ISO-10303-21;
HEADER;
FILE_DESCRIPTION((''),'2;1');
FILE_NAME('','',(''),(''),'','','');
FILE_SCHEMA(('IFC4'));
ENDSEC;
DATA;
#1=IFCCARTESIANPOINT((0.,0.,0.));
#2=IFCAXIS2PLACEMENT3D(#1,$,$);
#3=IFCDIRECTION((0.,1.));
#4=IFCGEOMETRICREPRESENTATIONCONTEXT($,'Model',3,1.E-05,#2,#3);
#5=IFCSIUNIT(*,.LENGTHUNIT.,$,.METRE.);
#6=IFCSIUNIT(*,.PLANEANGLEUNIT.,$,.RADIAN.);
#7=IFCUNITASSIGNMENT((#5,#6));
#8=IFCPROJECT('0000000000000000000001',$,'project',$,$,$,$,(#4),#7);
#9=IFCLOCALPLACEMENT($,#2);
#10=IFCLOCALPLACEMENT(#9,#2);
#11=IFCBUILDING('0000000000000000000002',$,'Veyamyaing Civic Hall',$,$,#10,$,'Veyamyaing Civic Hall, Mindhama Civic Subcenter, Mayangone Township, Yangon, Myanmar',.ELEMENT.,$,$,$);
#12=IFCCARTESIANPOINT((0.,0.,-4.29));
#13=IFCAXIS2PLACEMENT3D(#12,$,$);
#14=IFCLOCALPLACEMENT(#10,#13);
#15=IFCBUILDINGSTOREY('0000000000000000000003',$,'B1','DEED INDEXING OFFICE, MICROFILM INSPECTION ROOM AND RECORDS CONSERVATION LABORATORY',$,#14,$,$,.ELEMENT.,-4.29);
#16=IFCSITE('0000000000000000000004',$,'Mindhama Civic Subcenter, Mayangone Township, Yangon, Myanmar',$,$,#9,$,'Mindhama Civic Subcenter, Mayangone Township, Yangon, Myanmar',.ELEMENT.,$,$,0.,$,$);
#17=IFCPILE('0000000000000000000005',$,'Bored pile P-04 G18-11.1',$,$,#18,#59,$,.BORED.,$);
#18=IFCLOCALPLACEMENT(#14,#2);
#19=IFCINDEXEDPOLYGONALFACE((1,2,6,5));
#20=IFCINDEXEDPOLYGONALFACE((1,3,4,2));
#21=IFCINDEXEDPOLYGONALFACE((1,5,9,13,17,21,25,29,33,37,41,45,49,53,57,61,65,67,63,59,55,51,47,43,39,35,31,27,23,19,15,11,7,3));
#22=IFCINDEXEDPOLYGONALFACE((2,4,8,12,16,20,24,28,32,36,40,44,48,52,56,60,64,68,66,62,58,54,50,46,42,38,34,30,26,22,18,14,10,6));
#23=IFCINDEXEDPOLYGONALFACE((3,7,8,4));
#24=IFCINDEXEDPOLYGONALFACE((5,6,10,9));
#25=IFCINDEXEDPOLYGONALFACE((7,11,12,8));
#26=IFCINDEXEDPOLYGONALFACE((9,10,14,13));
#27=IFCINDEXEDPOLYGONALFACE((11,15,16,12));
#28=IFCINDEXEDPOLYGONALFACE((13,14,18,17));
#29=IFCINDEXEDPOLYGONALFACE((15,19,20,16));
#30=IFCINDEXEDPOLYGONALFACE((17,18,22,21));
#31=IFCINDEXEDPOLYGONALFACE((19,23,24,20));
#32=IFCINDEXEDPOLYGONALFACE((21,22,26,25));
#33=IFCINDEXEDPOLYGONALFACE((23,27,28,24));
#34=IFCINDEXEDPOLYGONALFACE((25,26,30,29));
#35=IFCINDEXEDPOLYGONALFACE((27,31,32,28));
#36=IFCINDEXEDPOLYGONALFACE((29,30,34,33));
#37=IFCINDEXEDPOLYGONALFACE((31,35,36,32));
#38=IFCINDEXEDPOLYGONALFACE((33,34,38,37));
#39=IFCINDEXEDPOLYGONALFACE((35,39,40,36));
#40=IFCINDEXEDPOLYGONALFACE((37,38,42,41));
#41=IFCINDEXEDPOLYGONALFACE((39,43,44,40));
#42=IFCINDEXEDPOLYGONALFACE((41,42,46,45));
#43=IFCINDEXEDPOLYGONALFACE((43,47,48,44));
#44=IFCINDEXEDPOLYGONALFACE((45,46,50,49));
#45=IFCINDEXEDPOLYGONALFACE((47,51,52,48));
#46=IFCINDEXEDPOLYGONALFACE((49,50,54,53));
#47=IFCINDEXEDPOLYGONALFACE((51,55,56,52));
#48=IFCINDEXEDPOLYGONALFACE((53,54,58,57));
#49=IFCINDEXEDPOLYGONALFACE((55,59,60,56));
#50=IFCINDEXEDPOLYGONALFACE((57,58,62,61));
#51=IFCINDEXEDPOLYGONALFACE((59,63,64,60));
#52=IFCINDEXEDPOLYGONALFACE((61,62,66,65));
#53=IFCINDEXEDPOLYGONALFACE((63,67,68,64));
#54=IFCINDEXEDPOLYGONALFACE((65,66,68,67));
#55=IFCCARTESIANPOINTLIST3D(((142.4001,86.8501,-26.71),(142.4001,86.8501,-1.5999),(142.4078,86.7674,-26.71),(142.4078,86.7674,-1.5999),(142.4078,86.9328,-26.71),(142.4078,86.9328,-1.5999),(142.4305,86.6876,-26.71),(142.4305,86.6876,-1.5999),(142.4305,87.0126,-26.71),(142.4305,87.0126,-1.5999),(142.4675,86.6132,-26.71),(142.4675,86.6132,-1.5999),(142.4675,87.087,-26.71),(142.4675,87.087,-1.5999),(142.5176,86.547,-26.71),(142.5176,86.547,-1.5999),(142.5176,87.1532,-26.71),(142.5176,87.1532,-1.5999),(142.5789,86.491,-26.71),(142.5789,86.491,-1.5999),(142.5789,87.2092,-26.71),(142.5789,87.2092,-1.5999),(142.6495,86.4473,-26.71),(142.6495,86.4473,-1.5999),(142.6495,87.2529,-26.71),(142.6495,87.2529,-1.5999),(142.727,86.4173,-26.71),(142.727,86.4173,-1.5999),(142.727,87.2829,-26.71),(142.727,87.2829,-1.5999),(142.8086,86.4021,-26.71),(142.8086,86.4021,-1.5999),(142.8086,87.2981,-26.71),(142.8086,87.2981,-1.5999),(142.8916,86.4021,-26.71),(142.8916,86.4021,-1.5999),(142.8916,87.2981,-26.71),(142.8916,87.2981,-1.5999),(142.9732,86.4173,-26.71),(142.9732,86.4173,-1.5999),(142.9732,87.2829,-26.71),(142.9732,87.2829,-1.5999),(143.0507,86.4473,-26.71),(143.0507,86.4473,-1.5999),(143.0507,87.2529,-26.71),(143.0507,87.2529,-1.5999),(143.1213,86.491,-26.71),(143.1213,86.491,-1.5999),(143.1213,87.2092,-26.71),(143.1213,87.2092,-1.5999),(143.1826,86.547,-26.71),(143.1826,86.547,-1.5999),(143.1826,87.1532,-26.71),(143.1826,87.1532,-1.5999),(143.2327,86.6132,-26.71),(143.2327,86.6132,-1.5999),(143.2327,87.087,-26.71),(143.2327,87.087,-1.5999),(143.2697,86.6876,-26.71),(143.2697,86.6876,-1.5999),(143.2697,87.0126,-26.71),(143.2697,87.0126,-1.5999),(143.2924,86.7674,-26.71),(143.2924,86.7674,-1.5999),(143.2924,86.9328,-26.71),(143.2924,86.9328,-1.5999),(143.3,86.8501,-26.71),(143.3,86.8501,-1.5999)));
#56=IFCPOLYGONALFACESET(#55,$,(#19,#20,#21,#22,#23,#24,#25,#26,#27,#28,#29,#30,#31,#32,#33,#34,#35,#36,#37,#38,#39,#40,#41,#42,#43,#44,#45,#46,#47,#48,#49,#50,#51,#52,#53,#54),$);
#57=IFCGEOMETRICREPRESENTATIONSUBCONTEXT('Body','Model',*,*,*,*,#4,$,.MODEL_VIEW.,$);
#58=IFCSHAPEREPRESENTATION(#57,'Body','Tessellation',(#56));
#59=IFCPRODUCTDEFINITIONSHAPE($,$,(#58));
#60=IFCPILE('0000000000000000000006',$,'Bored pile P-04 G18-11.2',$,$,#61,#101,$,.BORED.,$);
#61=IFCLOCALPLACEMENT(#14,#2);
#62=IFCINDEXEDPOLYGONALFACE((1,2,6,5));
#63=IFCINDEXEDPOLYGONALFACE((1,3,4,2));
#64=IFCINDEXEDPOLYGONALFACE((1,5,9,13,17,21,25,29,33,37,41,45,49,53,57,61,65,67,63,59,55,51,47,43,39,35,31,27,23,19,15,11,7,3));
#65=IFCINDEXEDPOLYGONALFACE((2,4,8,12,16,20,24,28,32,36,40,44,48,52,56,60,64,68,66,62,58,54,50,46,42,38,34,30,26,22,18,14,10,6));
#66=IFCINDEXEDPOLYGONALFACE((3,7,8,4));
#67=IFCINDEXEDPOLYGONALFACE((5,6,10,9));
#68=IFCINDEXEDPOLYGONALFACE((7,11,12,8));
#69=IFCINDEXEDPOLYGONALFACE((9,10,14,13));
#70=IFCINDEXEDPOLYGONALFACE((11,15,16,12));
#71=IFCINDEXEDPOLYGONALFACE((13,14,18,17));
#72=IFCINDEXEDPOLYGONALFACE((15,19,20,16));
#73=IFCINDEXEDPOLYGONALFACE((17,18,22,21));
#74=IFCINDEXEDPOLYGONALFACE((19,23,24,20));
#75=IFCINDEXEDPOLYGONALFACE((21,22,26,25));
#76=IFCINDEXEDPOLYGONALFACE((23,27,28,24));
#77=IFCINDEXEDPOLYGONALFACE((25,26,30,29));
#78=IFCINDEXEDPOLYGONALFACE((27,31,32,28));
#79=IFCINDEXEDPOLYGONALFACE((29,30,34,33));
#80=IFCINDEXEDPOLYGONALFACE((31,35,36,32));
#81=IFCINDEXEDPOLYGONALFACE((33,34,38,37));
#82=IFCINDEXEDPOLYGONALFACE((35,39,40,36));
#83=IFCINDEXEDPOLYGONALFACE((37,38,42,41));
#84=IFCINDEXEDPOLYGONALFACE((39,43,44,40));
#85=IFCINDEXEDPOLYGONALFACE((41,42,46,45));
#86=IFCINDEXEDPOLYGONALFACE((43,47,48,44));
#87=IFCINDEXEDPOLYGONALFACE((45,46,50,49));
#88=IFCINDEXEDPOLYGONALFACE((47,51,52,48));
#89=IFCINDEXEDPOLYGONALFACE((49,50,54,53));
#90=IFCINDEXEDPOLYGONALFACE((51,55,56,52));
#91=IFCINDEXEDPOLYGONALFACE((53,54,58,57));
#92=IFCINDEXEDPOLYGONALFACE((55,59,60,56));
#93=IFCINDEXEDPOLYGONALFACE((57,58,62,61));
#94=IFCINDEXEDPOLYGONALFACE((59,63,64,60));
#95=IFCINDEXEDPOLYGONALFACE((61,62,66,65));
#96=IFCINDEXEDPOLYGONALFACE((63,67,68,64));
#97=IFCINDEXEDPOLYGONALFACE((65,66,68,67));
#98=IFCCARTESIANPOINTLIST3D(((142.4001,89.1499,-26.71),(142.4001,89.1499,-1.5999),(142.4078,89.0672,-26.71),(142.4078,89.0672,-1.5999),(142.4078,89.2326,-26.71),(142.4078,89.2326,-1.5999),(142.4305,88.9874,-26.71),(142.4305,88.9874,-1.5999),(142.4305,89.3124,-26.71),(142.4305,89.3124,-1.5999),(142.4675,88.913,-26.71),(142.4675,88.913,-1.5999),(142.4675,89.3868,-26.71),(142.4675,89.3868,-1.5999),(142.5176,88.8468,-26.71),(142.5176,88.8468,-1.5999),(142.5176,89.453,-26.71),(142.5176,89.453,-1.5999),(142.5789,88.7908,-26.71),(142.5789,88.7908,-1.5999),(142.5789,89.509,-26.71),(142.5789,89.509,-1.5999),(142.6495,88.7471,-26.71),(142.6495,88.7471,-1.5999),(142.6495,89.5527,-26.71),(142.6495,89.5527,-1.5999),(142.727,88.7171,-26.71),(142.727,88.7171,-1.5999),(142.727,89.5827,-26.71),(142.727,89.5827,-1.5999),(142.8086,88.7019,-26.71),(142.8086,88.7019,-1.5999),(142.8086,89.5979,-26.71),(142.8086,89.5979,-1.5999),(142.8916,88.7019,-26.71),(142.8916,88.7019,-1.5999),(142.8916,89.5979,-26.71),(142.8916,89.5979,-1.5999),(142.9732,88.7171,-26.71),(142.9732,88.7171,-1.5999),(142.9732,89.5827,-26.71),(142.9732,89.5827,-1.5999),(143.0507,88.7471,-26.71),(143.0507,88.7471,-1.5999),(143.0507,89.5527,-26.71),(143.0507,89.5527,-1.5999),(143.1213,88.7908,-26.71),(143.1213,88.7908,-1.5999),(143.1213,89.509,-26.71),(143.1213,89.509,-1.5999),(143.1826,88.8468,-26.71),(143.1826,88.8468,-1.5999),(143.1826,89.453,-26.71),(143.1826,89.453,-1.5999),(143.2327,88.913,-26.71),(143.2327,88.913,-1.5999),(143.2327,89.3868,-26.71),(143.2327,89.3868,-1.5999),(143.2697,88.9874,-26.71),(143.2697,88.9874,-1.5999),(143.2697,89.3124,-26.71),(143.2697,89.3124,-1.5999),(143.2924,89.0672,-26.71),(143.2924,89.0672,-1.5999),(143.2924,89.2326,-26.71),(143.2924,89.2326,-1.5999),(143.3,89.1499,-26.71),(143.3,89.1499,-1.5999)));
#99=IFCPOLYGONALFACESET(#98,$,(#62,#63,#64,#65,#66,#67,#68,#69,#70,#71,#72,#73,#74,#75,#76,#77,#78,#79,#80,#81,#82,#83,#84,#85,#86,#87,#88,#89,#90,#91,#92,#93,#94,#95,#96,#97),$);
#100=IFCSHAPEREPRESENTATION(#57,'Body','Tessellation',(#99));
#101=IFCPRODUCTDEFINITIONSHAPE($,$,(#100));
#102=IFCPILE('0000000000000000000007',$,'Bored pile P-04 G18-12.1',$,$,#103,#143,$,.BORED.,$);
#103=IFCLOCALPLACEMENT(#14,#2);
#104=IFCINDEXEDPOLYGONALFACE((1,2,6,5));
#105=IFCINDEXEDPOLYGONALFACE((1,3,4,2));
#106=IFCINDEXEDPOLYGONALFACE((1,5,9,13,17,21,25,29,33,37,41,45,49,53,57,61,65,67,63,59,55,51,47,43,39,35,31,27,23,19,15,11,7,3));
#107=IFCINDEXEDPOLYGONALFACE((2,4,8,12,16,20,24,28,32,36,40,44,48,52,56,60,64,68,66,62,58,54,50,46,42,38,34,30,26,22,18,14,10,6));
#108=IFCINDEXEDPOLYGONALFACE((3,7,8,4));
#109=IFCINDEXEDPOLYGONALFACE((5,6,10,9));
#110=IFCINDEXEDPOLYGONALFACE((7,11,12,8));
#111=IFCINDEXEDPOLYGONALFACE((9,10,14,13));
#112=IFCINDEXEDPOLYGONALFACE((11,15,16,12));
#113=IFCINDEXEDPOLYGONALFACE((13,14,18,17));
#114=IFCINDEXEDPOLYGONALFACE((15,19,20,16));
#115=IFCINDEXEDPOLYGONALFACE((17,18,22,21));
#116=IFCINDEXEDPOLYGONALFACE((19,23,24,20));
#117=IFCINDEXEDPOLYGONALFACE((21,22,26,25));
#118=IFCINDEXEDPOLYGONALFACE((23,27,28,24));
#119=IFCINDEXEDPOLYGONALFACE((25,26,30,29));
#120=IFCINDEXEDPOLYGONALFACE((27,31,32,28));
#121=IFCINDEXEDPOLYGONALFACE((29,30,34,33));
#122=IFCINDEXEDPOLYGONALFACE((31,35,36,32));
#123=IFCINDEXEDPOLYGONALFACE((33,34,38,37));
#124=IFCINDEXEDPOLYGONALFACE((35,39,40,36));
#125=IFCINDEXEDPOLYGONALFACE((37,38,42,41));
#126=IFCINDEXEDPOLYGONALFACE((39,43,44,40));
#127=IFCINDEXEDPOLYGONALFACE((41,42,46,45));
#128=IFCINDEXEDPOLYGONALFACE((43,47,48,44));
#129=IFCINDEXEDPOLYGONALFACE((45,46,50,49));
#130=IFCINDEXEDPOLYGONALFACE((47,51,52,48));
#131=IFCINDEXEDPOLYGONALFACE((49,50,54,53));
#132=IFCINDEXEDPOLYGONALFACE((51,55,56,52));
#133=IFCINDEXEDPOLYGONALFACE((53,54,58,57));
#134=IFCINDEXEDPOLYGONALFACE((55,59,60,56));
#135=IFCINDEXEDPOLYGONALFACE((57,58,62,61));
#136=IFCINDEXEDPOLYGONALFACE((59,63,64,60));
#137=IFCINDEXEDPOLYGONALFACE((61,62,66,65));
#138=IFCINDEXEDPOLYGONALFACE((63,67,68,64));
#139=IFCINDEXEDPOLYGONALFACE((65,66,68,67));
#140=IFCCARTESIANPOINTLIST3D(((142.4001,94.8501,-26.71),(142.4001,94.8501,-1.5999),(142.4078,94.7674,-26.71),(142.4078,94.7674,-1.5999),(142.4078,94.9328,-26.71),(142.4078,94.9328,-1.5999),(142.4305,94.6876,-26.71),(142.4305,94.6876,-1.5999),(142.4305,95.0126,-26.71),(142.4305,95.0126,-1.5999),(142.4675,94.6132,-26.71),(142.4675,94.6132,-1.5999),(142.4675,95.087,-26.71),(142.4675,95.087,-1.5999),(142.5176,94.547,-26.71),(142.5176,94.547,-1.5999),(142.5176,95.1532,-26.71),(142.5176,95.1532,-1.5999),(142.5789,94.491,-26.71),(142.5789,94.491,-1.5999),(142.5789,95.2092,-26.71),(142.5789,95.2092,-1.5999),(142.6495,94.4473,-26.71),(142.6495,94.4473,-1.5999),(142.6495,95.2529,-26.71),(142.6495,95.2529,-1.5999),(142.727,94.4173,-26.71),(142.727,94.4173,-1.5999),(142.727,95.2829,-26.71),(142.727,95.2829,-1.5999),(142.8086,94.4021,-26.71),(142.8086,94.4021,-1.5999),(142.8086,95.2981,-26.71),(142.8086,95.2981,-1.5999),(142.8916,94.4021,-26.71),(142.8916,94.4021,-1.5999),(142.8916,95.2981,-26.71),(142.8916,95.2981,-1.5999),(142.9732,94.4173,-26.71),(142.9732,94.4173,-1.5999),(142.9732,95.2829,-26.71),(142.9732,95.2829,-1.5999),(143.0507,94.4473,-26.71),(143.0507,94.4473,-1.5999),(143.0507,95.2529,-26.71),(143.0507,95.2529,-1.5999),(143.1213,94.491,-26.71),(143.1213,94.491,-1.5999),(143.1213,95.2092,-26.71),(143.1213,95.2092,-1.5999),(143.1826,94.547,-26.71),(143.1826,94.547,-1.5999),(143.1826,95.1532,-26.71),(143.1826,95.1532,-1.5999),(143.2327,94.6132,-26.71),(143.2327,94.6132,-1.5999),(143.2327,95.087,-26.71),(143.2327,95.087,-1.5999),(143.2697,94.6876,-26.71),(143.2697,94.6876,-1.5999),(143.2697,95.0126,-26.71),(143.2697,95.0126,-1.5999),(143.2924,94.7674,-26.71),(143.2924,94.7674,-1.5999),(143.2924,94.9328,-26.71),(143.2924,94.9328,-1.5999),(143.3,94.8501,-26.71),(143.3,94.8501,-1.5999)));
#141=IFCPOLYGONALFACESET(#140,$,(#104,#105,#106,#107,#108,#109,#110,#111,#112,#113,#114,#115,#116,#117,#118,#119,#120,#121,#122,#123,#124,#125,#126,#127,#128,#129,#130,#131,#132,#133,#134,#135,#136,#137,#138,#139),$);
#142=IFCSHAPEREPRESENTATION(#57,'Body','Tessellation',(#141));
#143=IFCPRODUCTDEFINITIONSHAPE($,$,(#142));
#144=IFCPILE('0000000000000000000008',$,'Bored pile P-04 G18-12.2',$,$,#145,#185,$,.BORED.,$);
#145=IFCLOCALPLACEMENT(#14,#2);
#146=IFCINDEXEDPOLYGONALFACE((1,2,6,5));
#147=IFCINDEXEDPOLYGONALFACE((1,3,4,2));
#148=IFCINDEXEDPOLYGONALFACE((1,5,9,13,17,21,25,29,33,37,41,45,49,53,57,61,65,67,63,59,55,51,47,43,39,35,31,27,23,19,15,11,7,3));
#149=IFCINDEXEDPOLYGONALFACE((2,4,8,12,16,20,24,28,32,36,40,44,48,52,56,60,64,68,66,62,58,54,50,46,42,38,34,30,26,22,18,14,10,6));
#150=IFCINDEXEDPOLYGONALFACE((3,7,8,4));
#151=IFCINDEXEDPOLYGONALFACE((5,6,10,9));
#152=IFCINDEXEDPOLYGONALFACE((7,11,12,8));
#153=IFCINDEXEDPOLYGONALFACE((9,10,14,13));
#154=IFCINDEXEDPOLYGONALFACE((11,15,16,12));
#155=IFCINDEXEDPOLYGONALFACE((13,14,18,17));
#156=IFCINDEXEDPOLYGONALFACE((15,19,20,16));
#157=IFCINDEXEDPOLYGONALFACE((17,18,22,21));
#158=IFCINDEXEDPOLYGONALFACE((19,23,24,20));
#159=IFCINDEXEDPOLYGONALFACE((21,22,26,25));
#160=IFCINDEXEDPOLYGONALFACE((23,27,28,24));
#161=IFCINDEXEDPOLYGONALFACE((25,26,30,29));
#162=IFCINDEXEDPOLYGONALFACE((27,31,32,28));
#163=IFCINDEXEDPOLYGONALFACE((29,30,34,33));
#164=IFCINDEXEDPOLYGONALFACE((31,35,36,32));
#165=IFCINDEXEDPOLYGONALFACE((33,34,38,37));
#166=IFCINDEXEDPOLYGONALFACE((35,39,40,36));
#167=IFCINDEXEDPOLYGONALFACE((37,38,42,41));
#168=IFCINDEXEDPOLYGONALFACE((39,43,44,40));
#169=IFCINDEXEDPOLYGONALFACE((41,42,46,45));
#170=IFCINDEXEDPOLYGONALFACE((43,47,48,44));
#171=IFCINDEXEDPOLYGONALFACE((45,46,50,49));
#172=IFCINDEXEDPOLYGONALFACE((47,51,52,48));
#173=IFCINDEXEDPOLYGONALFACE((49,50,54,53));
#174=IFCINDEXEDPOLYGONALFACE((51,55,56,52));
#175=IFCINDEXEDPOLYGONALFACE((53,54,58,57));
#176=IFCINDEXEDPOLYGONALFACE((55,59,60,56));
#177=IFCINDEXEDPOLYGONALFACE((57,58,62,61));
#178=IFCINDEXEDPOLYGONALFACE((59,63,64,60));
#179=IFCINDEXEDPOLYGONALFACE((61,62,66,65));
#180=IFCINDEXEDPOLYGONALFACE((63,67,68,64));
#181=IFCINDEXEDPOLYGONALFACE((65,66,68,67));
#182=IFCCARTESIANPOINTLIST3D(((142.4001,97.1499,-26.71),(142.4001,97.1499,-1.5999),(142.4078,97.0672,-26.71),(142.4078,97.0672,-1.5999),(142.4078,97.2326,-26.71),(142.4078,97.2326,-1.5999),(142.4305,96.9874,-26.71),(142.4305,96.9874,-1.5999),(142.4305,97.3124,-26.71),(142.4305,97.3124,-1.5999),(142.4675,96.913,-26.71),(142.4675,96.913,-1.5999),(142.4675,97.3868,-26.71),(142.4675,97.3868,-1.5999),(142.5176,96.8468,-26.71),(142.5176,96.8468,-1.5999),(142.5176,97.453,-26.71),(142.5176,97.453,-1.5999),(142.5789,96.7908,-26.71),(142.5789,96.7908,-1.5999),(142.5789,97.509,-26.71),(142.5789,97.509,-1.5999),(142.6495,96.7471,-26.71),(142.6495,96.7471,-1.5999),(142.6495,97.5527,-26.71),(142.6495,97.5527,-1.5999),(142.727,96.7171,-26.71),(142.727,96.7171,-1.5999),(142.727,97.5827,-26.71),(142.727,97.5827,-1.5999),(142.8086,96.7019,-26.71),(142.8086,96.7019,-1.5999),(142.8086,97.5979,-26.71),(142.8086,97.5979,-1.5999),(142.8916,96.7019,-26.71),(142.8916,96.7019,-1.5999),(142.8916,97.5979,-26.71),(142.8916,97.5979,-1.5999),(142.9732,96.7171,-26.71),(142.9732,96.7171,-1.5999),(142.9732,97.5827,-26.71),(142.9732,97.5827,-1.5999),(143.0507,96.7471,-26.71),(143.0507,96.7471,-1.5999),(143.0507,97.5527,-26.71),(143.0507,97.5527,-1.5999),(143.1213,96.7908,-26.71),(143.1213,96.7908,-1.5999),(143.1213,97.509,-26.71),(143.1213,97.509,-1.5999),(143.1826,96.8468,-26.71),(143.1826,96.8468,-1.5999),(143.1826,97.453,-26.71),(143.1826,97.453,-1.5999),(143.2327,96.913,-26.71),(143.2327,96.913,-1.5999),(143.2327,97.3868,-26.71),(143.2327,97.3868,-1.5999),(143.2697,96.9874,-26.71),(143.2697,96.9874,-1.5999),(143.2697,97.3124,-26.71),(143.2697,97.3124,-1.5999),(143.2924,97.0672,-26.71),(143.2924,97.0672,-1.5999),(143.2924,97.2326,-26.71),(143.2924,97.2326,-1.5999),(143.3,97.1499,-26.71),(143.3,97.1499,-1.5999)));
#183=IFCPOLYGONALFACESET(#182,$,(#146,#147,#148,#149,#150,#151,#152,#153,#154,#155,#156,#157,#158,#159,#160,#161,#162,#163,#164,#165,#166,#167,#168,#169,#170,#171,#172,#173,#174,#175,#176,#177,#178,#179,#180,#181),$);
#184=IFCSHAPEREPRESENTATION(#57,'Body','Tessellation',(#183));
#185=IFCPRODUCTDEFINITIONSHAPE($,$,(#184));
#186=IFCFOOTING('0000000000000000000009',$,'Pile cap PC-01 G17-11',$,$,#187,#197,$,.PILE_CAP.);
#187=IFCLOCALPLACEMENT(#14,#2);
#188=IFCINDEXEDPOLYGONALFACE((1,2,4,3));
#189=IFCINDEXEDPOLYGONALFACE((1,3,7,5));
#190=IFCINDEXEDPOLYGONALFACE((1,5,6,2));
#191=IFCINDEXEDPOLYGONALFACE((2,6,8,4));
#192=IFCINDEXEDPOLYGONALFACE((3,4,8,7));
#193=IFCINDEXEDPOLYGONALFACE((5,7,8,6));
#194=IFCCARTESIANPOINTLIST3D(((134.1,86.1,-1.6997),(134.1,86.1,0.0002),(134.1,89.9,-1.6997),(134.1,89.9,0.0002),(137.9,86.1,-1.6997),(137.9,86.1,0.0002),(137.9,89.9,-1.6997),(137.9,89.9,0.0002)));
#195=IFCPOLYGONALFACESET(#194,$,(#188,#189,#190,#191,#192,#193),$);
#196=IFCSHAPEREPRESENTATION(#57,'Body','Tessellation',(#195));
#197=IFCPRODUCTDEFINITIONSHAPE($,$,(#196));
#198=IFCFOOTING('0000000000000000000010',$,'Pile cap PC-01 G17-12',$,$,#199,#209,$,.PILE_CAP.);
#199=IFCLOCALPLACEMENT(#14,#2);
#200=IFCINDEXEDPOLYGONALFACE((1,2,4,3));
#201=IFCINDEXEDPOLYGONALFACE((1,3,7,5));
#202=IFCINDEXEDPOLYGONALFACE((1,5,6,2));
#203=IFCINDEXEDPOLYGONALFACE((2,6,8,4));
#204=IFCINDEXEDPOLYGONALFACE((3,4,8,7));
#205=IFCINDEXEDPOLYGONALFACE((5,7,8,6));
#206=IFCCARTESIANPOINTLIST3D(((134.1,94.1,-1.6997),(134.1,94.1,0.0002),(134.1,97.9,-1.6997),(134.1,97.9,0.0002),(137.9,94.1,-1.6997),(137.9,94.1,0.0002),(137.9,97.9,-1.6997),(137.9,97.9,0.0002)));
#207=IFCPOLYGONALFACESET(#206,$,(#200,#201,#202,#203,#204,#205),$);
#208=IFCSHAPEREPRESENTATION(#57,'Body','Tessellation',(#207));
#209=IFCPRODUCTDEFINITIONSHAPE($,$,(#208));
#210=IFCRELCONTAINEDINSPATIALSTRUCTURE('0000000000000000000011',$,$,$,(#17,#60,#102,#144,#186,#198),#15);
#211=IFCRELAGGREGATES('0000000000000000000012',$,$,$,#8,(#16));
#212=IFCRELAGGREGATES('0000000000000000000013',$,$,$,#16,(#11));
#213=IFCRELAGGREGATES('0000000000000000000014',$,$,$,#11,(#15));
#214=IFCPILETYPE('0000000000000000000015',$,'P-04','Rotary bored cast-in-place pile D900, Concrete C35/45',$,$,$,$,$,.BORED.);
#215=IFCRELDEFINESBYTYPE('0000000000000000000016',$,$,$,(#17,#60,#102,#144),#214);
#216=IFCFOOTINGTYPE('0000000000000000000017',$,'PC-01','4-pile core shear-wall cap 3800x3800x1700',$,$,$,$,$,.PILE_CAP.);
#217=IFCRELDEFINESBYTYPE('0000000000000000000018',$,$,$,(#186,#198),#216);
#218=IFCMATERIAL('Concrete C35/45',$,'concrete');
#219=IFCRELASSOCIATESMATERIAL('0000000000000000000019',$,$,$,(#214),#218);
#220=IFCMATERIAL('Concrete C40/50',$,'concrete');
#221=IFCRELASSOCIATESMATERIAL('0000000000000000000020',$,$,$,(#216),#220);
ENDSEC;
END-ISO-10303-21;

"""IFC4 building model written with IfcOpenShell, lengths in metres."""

from ifc_helpers import new_model, si_unit, direction, frame, origin, origin_2d, place, context, subcontext, project, spatial, rectangle, circle, extrude, material, material_profile, profile_set, type_object, element, save


model = new_model("IFC4")

# Units and contexts
model_context = context("Model", 3, precision=1e-05, world=origin(), true_north=direction((0.0, 1.0)))
body_context = subcontext(model_context, "Body", "Model", "MODEL_VIEW")
ifc_project = project(units=[si_unit("LENGTHUNIT", "METRE"), si_unit("PLANEANGLEUNIT", "RADIAN")], contexts=[model_context])

# Site, building, storey
site_placement = place(None, origin())
site = spatial("IfcSite", under=ifc_project, at=site_placement, Name="Mindhama Civic Subcenter, Mayangone Township, Yangon, Myanmar", LongName="Mindhama Civic Subcenter, Mayangone Township, Yangon, Myanmar", CompositionType="ELEMENT", RefElevation=0.0)
building_placement = place(site_placement, origin())
building = spatial("IfcBuilding", under=site, at=building_placement, Name="Veyamyaing Civic Hall", LongName="Veyamyaing Civic Hall, Mindhama Civic Subcenter, Mayangone Township, Yangon, Myanmar", CompositionType="ELEMENT")
storey_placement = place(building_placement, frame((0.0, 0.0, -4.29)))
storey = spatial("IfcBuildingStorey", under=building, at=storey_placement, Name="B1", Description="DEED INDEXING OFFICE, MICROFILM INSPECTION ROOM AND RECORDS CONSERVATION LABORATORY", CompositionType="ELEMENT", Elevation=-4.29)

# Shared definitions
ifc_material_1 = material(Name="Concrete C40/50", Category="concrete")

# Piles
ifc_material_2 = material(Name="Concrete C35/45", Category="concrete")
ifc_material_profile_1 = material_profile(ifc_material_2, circle(Radius=0.45, at=origin_2d()), Name="PILE-D900")
ifc_profile_set_1 = profile_set([ifc_material_profile_1], Name="Concrete C35/45")
pile_type = type_object("IfcPileType", Name="P-04", Description="Rotary bored cast-in-place pile D900, Concrete C35/45", PredefinedType="BORED", material=ifc_profile_set_1)
for number, where, z_axis, x_axis, name in (
    (1, (142.8501, 86.8501, -1.5999), (0.0, 0.0, -1.0), (1.0, 0.0, 0.0), "Bored pile P-04 G18-11.1"),
    (2, (142.8501, 89.1499, -1.5999), (0.0, 0.0, -1.0), (1.0, 0.0, 0.0), "Bored pile P-04 G18-11.2"),
    (3, (142.8501, 94.8501, -1.5999), (0.0, 0.0, -1.0), (1.0, 0.0, 0.0), "Bored pile P-04 G18-12.1"),
    (4, (142.8501, 97.1499, -1.5999), (0.0, 0.0, -1.0), (1.0, 0.0, 0.0), "Bored pile P-04 G18-12.2"),
):
    element("IfcPile", number, at=place(storey_placement, frame(where, z_axis=z_axis, x_axis=x_axis)), inside=storey, type_object=pile_type, Name=name, PredefinedType="BORED", context=body_context, shape_type="SweptSolid", body=[
        extrude(circle(Radius=0.45, at=origin_2d()), origin(), (0.0, 0.0, 1.0), 25.1101),
    ])

# Footings
footing_type_1 = type_object("IfcFootingType", Name="PC-01", Description="4-pile core shear-wall cap 3800x3800x1700", PredefinedType="PILE_CAP", material=ifc_material_1)
for number, where, z_axis, x_axis, name in (
    (5, (136.0, 88.0, -1.6997), (0.0, 0.0, 1.0), (1.0, 0.0, 0.0), "Pile cap PC-01 G17-11"),
    (6, (136.0, 96.0, -1.6997), (0.0, 0.0, 1.0), (1.0, 0.0, 0.0), "Pile cap PC-01 G17-12"),
):
    element("IfcFooting", number, at=place(storey_placement, frame(where, z_axis=z_axis, x_axis=x_axis)), inside=storey, type_object=footing_type_1, Name=name, PredefinedType="PILE_CAP", context=body_context, shape_type="SweptSolid", body=[
        extrude(rectangle(XDim=3.8, YDim=3.8, at=origin_2d()), origin(), (0.0, 0.0, 1.0), 1.7),
    ])

save(model, "model.ifc")
